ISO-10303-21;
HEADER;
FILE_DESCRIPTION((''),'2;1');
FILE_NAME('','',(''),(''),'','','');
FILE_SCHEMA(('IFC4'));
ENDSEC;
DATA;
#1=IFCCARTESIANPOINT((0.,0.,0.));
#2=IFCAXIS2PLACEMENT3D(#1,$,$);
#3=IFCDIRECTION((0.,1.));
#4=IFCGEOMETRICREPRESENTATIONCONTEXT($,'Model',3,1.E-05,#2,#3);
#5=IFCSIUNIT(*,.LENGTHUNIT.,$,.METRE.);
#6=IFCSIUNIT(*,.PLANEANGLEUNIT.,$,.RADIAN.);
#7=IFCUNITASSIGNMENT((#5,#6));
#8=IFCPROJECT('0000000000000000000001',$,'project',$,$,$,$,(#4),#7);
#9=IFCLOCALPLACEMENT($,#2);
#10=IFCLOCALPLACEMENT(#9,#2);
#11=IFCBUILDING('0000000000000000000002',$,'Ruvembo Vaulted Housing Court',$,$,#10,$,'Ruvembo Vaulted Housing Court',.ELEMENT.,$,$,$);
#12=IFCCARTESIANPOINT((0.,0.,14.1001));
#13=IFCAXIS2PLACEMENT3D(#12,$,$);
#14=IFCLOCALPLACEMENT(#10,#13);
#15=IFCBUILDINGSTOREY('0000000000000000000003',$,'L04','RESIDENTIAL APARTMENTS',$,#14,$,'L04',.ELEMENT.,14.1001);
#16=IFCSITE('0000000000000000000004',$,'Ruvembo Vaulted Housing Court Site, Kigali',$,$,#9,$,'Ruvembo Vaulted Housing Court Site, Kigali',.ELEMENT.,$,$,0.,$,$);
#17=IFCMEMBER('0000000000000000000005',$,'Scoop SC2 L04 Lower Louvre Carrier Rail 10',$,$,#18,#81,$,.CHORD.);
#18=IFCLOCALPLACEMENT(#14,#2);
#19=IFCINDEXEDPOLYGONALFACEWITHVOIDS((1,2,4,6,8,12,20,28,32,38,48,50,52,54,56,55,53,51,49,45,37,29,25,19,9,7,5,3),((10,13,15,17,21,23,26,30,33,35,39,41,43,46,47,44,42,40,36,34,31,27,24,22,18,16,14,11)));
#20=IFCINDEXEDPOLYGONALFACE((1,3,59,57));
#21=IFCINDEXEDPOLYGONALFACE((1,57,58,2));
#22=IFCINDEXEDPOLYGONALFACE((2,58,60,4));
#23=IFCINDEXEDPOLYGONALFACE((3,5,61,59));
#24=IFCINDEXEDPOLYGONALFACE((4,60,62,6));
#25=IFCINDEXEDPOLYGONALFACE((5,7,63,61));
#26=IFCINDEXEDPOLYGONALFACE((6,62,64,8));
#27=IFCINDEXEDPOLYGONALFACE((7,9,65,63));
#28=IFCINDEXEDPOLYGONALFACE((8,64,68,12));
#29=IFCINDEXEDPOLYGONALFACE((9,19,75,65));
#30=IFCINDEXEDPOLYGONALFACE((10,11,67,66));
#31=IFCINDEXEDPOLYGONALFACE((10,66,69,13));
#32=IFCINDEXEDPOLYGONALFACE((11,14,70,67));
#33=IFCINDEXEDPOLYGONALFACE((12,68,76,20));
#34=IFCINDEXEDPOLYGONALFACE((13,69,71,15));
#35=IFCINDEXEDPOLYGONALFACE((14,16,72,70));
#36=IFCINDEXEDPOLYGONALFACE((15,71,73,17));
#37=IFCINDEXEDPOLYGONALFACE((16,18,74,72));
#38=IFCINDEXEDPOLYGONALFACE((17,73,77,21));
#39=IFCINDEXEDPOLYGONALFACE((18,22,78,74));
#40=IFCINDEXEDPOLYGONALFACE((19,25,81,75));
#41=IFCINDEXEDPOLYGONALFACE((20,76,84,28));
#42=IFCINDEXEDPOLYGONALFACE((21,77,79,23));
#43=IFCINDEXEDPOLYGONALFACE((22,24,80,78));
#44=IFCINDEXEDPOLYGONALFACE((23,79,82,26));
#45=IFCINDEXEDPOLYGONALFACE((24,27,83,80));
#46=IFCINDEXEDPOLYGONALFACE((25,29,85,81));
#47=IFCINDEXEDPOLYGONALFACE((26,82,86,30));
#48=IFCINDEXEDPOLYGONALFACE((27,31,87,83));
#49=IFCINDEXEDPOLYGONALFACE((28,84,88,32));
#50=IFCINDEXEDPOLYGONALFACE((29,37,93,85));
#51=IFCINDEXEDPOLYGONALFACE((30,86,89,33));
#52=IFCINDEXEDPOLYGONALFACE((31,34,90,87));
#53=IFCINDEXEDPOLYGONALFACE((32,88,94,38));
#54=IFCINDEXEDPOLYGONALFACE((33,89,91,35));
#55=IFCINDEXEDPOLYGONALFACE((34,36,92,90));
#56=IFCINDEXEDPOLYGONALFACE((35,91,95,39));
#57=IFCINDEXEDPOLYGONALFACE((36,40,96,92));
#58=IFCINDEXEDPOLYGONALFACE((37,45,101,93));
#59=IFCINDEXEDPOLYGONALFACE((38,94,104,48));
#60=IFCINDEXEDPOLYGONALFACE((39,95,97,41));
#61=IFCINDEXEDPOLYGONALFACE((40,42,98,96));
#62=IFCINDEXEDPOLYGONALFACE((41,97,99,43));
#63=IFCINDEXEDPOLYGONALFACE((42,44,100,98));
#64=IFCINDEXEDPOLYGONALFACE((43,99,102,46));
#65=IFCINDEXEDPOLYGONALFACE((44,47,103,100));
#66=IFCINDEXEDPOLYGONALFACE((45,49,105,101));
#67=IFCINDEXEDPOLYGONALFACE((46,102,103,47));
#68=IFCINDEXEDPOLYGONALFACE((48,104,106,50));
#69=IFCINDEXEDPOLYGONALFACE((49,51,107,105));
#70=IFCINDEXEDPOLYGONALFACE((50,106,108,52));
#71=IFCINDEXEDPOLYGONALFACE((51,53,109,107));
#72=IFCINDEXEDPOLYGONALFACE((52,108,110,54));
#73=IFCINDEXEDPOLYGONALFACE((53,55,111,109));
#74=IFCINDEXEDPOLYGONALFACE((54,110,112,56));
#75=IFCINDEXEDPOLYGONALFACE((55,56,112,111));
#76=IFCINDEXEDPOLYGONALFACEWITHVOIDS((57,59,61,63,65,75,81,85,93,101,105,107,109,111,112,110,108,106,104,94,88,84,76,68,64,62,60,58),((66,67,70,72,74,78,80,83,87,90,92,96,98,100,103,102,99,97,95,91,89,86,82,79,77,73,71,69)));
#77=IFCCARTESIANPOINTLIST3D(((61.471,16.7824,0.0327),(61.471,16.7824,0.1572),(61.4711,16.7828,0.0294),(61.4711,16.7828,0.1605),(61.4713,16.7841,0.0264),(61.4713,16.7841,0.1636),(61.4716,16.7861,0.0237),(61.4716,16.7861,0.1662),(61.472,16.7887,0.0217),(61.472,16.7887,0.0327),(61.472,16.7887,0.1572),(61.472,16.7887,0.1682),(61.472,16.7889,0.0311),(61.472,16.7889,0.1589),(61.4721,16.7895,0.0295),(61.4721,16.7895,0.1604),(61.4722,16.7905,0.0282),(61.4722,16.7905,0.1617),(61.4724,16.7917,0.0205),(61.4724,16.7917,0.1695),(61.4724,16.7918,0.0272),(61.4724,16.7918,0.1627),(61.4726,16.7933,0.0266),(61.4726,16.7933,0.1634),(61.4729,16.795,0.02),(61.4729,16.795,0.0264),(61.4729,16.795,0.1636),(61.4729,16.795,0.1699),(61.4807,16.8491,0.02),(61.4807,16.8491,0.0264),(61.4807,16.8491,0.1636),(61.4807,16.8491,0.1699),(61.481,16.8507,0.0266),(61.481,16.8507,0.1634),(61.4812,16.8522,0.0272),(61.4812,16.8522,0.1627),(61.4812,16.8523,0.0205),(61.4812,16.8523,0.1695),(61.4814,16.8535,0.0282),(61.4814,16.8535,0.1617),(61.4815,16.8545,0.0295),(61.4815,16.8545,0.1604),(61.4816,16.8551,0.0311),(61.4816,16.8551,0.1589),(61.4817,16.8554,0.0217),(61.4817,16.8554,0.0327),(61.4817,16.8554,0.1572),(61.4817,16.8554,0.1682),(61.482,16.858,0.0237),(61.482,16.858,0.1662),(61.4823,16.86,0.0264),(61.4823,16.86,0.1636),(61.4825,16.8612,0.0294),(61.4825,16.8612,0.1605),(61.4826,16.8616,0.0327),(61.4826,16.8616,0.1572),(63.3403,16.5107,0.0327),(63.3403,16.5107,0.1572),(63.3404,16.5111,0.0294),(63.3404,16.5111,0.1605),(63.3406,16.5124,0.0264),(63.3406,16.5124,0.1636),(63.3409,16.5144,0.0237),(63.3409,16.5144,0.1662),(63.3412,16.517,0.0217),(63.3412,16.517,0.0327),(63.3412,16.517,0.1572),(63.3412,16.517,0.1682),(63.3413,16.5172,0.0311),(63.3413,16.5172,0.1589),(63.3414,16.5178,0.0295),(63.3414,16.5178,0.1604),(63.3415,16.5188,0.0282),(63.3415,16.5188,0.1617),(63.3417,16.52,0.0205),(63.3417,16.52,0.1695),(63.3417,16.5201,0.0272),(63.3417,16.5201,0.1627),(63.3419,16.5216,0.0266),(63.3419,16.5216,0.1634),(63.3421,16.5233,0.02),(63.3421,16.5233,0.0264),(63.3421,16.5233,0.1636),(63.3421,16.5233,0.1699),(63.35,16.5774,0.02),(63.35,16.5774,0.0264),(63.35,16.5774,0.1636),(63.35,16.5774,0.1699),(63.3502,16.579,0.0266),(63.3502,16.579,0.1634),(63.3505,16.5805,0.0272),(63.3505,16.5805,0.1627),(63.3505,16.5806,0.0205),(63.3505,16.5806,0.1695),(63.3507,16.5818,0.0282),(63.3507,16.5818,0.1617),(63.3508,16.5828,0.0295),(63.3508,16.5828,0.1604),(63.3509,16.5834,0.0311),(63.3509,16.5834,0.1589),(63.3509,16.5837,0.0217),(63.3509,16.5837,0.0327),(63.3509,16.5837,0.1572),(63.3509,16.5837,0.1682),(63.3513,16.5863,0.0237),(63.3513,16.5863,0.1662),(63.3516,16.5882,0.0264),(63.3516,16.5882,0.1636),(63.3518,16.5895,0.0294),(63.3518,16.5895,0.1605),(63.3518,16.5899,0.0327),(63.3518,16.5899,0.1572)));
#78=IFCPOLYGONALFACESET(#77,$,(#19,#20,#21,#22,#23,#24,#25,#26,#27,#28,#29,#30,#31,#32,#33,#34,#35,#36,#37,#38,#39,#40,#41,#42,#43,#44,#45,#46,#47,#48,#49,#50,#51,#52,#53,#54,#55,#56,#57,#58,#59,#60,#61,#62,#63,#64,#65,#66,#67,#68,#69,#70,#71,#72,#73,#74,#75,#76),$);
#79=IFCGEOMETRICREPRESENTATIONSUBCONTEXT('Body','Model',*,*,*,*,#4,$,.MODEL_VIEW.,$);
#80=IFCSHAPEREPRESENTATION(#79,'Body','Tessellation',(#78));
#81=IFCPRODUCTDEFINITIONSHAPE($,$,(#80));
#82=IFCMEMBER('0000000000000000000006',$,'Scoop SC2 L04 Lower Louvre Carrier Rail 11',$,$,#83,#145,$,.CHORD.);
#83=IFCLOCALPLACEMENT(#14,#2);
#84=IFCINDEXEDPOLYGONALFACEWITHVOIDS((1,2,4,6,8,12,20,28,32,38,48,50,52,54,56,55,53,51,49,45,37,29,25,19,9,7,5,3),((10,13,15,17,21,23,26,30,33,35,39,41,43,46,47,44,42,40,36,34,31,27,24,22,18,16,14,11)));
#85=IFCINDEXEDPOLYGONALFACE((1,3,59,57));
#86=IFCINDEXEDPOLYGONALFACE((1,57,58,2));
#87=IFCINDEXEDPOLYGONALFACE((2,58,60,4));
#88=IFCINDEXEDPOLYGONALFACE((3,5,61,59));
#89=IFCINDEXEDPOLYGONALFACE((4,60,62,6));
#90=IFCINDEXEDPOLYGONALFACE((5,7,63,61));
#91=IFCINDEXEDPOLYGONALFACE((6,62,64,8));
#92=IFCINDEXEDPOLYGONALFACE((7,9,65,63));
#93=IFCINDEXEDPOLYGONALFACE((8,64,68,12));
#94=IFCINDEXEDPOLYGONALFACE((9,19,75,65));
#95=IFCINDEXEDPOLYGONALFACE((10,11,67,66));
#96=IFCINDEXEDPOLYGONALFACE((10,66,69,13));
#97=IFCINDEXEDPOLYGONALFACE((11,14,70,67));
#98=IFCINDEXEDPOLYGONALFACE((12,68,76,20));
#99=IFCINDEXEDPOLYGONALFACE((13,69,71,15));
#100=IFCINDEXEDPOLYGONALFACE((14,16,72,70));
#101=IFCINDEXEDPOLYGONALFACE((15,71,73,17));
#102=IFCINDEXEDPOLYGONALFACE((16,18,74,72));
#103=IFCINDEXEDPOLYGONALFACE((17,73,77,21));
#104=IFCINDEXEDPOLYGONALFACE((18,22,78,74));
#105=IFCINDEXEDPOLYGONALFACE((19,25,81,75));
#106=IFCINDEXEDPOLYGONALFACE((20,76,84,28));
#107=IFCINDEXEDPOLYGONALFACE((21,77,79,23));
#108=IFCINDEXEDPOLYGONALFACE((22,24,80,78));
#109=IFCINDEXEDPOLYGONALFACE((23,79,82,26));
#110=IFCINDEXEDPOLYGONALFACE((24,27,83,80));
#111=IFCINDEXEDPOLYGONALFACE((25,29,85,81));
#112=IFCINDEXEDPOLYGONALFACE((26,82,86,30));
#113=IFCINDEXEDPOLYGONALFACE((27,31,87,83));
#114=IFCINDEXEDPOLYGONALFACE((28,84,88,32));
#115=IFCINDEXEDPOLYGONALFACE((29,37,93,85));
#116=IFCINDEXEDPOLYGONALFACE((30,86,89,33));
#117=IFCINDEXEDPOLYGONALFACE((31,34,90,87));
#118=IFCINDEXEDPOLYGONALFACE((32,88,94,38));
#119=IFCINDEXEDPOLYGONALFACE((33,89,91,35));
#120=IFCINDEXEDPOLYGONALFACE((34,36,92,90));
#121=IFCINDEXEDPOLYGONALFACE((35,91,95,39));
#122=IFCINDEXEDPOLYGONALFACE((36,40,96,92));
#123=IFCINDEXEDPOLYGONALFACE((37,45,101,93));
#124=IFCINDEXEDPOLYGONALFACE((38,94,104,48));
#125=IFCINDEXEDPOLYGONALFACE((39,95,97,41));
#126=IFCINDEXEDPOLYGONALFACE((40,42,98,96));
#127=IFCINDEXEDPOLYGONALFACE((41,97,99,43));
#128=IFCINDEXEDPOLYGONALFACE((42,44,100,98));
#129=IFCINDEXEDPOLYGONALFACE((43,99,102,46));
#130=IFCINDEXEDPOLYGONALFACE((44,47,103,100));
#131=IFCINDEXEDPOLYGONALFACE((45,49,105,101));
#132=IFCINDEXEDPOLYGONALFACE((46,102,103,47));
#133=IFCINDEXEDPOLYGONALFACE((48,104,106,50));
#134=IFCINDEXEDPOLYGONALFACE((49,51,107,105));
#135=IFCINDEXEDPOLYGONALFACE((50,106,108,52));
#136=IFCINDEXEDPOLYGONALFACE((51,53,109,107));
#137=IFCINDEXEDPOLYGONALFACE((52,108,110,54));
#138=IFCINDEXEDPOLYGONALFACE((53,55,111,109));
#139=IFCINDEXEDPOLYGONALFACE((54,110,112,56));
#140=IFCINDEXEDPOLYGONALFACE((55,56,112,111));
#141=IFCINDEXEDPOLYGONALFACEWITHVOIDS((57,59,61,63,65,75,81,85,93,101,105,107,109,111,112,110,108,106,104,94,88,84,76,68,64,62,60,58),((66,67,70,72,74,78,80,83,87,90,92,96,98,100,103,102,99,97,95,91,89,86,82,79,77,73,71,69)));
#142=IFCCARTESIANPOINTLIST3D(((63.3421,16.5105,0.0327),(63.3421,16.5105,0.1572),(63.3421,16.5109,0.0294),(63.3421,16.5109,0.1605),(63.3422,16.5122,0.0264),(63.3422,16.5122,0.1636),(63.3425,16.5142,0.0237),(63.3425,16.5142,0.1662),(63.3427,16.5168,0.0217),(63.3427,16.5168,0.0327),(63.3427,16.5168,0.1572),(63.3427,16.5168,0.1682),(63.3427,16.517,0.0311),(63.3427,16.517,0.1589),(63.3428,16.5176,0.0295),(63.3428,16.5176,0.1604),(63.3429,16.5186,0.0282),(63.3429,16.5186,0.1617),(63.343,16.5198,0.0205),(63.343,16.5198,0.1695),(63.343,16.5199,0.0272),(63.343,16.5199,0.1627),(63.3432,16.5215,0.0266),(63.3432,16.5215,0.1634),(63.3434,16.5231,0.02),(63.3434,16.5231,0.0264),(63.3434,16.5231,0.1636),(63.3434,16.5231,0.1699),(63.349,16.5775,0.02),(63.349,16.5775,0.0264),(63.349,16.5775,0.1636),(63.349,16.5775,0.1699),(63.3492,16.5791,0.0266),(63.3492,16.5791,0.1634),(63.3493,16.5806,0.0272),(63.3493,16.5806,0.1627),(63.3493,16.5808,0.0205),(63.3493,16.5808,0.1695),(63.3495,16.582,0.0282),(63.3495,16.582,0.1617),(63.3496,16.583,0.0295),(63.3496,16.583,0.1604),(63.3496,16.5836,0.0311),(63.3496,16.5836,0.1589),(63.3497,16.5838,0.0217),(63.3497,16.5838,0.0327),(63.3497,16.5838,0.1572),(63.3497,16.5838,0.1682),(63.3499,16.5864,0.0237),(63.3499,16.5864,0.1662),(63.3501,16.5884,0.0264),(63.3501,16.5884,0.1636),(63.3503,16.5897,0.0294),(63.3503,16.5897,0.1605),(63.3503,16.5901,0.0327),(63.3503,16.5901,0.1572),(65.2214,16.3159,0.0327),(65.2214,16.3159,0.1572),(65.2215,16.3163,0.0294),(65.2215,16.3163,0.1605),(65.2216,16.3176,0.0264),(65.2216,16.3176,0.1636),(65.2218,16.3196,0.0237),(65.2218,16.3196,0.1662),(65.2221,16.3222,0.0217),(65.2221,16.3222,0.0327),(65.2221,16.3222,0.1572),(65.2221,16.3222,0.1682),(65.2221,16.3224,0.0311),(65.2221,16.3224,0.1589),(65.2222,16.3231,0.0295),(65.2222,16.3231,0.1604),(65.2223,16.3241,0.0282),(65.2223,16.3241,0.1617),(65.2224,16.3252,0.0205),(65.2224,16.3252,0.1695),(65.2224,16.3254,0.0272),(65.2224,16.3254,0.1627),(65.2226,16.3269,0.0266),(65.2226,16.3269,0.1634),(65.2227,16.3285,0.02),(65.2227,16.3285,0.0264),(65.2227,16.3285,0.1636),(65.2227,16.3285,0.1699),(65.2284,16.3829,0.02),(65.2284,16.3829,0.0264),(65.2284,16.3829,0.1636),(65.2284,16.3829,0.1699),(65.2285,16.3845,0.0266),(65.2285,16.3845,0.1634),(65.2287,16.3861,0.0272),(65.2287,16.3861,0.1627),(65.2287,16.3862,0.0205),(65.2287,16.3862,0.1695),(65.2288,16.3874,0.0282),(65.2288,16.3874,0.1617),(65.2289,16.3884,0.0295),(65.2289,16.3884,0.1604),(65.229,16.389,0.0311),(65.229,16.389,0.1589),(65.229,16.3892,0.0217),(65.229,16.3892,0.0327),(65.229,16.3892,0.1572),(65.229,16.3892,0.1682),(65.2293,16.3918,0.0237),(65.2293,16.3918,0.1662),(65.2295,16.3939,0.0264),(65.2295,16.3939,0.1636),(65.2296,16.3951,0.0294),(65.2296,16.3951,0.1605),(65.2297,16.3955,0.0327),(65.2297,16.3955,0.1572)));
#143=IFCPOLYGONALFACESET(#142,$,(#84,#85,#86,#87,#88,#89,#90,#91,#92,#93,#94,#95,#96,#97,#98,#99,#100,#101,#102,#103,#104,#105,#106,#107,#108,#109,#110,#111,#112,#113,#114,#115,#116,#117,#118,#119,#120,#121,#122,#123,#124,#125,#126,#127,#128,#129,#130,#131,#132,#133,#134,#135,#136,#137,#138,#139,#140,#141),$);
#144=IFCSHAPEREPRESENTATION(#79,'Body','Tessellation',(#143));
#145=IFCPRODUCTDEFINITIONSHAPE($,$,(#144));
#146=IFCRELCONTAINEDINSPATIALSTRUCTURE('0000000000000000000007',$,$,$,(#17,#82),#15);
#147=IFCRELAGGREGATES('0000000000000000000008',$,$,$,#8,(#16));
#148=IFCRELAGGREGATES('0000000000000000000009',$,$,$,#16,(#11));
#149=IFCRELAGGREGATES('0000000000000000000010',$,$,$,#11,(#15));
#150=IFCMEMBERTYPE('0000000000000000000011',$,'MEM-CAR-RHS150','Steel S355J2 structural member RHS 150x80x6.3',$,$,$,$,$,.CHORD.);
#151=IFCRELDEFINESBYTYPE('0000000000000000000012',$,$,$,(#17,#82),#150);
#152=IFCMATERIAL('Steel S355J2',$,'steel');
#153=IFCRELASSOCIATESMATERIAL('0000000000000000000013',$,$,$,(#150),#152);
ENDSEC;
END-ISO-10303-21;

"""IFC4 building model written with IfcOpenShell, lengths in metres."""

from ifc_helpers import new_model, si_unit, direction, frame, origin, origin_2d, place, context, subcontext, project, spatial, hollow_rectangle, extrude, material, material_profile, profile_set, type_object, element, save


model = new_model("IFC4")

# Units and contexts
model_context = context("Model", 3, precision=1e-05, world=origin(), true_north=direction((0.0, 1.0)))
body_context = subcontext(model_context, "Body", "Model", "MODEL_VIEW")
ifc_project = project(units=[si_unit("LENGTHUNIT", "METRE"), si_unit("PLANEANGLEUNIT", "RADIAN")], contexts=[model_context])

# Site, building, storey
site_placement = place(None, origin())
site = spatial("IfcSite", under=ifc_project, at=site_placement, Name="Ruvembo Vaulted Housing Court Site, Kigali", LongName="Ruvembo Vaulted Housing Court Site, Kigali", CompositionType="ELEMENT", RefElevation=0.0)
building_placement = place(site_placement, origin())
building = spatial("IfcBuilding", under=site, at=building_placement, Name="Ruvembo Vaulted Housing Court", LongName="Ruvembo Vaulted Housing Court", CompositionType="ELEMENT")
storey_placement = place(building_placement, frame((0.0, 0.0, 14.1001)))
storey = spatial("IfcBuildingStorey", under=building, at=storey_placement, Name="L04", Description="RESIDENTIAL APARTMENTS", LongName="L04", CompositionType="ELEMENT", Elevation=14.1001)

# Shared definitions
ifc_material_1 = material(Name="Steel S355J2", Category="steel")

# Members
ifc_material_profile_1 = material_profile(ifc_material_1, hollow_rectangle(XDim=0.0801, YDim=0.1499, WallThickness=0.0063, InnerFilletRadius=0.0063, OuterFilletRadius=0.0127, at=origin_2d()), Name="RHS 150x80x6.3")
ifc_profile_set_1 = profile_set([ifc_material_profile_1], Name="Steel S355J2")
member_type_1 = type_object("IfcMemberType", Name="MEM-CAR-RHS150", Description="Steel S355J2 structural member RHS 150x80x6.3", PredefinedType="CHORD", material=ifc_profile_set_1)
member_1_placement = place(storey_placement, frame((61.4768, 16.822, 0.095), z_axis=(0.9896, -0.143845, 0.0), x_axis=(0.143845, 0.9896, 0.0)))
element("IfcMember", 1, at=member_1_placement, inside=storey, type_object=member_type_1, Name="Scoop SC2 L04 Lower Louvre Carrier Rail 10", PredefinedType="CHORD", context=body_context, shape_type="SweptSolid", body=[
    extrude(hollow_rectangle(XDim=0.0801, YDim=0.1499, WallThickness=0.0063, InnerFilletRadius=0.0063, OuterFilletRadius=0.0127, at=origin_2d()), origin(), (0.0, 0.0, 1.0), 1.8889),
])
member_2_placement = place(storey_placement, frame((63.3462, 16.5503, 0.095), z_axis=(0.994683, -0.102983, 0.0), x_axis=(0.102983, 0.994683, 0.0)))
element("IfcMember", 2, at=member_2_placement, inside=storey, type_object=member_type_1, Name="Scoop SC2 L04 Lower Louvre Carrier Rail 11", PredefinedType="CHORD", context=body_context, shape_type="SweptSolid", body=[
    extrude(hollow_rectangle(XDim=0.0801, YDim=0.1499, WallThickness=0.0063, InnerFilletRadius=0.0063, OuterFilletRadius=0.0127, at=origin_2d()), origin(), (0.0, 0.0, 1.0), 1.8894),
])

save(model, "model.ifc")
